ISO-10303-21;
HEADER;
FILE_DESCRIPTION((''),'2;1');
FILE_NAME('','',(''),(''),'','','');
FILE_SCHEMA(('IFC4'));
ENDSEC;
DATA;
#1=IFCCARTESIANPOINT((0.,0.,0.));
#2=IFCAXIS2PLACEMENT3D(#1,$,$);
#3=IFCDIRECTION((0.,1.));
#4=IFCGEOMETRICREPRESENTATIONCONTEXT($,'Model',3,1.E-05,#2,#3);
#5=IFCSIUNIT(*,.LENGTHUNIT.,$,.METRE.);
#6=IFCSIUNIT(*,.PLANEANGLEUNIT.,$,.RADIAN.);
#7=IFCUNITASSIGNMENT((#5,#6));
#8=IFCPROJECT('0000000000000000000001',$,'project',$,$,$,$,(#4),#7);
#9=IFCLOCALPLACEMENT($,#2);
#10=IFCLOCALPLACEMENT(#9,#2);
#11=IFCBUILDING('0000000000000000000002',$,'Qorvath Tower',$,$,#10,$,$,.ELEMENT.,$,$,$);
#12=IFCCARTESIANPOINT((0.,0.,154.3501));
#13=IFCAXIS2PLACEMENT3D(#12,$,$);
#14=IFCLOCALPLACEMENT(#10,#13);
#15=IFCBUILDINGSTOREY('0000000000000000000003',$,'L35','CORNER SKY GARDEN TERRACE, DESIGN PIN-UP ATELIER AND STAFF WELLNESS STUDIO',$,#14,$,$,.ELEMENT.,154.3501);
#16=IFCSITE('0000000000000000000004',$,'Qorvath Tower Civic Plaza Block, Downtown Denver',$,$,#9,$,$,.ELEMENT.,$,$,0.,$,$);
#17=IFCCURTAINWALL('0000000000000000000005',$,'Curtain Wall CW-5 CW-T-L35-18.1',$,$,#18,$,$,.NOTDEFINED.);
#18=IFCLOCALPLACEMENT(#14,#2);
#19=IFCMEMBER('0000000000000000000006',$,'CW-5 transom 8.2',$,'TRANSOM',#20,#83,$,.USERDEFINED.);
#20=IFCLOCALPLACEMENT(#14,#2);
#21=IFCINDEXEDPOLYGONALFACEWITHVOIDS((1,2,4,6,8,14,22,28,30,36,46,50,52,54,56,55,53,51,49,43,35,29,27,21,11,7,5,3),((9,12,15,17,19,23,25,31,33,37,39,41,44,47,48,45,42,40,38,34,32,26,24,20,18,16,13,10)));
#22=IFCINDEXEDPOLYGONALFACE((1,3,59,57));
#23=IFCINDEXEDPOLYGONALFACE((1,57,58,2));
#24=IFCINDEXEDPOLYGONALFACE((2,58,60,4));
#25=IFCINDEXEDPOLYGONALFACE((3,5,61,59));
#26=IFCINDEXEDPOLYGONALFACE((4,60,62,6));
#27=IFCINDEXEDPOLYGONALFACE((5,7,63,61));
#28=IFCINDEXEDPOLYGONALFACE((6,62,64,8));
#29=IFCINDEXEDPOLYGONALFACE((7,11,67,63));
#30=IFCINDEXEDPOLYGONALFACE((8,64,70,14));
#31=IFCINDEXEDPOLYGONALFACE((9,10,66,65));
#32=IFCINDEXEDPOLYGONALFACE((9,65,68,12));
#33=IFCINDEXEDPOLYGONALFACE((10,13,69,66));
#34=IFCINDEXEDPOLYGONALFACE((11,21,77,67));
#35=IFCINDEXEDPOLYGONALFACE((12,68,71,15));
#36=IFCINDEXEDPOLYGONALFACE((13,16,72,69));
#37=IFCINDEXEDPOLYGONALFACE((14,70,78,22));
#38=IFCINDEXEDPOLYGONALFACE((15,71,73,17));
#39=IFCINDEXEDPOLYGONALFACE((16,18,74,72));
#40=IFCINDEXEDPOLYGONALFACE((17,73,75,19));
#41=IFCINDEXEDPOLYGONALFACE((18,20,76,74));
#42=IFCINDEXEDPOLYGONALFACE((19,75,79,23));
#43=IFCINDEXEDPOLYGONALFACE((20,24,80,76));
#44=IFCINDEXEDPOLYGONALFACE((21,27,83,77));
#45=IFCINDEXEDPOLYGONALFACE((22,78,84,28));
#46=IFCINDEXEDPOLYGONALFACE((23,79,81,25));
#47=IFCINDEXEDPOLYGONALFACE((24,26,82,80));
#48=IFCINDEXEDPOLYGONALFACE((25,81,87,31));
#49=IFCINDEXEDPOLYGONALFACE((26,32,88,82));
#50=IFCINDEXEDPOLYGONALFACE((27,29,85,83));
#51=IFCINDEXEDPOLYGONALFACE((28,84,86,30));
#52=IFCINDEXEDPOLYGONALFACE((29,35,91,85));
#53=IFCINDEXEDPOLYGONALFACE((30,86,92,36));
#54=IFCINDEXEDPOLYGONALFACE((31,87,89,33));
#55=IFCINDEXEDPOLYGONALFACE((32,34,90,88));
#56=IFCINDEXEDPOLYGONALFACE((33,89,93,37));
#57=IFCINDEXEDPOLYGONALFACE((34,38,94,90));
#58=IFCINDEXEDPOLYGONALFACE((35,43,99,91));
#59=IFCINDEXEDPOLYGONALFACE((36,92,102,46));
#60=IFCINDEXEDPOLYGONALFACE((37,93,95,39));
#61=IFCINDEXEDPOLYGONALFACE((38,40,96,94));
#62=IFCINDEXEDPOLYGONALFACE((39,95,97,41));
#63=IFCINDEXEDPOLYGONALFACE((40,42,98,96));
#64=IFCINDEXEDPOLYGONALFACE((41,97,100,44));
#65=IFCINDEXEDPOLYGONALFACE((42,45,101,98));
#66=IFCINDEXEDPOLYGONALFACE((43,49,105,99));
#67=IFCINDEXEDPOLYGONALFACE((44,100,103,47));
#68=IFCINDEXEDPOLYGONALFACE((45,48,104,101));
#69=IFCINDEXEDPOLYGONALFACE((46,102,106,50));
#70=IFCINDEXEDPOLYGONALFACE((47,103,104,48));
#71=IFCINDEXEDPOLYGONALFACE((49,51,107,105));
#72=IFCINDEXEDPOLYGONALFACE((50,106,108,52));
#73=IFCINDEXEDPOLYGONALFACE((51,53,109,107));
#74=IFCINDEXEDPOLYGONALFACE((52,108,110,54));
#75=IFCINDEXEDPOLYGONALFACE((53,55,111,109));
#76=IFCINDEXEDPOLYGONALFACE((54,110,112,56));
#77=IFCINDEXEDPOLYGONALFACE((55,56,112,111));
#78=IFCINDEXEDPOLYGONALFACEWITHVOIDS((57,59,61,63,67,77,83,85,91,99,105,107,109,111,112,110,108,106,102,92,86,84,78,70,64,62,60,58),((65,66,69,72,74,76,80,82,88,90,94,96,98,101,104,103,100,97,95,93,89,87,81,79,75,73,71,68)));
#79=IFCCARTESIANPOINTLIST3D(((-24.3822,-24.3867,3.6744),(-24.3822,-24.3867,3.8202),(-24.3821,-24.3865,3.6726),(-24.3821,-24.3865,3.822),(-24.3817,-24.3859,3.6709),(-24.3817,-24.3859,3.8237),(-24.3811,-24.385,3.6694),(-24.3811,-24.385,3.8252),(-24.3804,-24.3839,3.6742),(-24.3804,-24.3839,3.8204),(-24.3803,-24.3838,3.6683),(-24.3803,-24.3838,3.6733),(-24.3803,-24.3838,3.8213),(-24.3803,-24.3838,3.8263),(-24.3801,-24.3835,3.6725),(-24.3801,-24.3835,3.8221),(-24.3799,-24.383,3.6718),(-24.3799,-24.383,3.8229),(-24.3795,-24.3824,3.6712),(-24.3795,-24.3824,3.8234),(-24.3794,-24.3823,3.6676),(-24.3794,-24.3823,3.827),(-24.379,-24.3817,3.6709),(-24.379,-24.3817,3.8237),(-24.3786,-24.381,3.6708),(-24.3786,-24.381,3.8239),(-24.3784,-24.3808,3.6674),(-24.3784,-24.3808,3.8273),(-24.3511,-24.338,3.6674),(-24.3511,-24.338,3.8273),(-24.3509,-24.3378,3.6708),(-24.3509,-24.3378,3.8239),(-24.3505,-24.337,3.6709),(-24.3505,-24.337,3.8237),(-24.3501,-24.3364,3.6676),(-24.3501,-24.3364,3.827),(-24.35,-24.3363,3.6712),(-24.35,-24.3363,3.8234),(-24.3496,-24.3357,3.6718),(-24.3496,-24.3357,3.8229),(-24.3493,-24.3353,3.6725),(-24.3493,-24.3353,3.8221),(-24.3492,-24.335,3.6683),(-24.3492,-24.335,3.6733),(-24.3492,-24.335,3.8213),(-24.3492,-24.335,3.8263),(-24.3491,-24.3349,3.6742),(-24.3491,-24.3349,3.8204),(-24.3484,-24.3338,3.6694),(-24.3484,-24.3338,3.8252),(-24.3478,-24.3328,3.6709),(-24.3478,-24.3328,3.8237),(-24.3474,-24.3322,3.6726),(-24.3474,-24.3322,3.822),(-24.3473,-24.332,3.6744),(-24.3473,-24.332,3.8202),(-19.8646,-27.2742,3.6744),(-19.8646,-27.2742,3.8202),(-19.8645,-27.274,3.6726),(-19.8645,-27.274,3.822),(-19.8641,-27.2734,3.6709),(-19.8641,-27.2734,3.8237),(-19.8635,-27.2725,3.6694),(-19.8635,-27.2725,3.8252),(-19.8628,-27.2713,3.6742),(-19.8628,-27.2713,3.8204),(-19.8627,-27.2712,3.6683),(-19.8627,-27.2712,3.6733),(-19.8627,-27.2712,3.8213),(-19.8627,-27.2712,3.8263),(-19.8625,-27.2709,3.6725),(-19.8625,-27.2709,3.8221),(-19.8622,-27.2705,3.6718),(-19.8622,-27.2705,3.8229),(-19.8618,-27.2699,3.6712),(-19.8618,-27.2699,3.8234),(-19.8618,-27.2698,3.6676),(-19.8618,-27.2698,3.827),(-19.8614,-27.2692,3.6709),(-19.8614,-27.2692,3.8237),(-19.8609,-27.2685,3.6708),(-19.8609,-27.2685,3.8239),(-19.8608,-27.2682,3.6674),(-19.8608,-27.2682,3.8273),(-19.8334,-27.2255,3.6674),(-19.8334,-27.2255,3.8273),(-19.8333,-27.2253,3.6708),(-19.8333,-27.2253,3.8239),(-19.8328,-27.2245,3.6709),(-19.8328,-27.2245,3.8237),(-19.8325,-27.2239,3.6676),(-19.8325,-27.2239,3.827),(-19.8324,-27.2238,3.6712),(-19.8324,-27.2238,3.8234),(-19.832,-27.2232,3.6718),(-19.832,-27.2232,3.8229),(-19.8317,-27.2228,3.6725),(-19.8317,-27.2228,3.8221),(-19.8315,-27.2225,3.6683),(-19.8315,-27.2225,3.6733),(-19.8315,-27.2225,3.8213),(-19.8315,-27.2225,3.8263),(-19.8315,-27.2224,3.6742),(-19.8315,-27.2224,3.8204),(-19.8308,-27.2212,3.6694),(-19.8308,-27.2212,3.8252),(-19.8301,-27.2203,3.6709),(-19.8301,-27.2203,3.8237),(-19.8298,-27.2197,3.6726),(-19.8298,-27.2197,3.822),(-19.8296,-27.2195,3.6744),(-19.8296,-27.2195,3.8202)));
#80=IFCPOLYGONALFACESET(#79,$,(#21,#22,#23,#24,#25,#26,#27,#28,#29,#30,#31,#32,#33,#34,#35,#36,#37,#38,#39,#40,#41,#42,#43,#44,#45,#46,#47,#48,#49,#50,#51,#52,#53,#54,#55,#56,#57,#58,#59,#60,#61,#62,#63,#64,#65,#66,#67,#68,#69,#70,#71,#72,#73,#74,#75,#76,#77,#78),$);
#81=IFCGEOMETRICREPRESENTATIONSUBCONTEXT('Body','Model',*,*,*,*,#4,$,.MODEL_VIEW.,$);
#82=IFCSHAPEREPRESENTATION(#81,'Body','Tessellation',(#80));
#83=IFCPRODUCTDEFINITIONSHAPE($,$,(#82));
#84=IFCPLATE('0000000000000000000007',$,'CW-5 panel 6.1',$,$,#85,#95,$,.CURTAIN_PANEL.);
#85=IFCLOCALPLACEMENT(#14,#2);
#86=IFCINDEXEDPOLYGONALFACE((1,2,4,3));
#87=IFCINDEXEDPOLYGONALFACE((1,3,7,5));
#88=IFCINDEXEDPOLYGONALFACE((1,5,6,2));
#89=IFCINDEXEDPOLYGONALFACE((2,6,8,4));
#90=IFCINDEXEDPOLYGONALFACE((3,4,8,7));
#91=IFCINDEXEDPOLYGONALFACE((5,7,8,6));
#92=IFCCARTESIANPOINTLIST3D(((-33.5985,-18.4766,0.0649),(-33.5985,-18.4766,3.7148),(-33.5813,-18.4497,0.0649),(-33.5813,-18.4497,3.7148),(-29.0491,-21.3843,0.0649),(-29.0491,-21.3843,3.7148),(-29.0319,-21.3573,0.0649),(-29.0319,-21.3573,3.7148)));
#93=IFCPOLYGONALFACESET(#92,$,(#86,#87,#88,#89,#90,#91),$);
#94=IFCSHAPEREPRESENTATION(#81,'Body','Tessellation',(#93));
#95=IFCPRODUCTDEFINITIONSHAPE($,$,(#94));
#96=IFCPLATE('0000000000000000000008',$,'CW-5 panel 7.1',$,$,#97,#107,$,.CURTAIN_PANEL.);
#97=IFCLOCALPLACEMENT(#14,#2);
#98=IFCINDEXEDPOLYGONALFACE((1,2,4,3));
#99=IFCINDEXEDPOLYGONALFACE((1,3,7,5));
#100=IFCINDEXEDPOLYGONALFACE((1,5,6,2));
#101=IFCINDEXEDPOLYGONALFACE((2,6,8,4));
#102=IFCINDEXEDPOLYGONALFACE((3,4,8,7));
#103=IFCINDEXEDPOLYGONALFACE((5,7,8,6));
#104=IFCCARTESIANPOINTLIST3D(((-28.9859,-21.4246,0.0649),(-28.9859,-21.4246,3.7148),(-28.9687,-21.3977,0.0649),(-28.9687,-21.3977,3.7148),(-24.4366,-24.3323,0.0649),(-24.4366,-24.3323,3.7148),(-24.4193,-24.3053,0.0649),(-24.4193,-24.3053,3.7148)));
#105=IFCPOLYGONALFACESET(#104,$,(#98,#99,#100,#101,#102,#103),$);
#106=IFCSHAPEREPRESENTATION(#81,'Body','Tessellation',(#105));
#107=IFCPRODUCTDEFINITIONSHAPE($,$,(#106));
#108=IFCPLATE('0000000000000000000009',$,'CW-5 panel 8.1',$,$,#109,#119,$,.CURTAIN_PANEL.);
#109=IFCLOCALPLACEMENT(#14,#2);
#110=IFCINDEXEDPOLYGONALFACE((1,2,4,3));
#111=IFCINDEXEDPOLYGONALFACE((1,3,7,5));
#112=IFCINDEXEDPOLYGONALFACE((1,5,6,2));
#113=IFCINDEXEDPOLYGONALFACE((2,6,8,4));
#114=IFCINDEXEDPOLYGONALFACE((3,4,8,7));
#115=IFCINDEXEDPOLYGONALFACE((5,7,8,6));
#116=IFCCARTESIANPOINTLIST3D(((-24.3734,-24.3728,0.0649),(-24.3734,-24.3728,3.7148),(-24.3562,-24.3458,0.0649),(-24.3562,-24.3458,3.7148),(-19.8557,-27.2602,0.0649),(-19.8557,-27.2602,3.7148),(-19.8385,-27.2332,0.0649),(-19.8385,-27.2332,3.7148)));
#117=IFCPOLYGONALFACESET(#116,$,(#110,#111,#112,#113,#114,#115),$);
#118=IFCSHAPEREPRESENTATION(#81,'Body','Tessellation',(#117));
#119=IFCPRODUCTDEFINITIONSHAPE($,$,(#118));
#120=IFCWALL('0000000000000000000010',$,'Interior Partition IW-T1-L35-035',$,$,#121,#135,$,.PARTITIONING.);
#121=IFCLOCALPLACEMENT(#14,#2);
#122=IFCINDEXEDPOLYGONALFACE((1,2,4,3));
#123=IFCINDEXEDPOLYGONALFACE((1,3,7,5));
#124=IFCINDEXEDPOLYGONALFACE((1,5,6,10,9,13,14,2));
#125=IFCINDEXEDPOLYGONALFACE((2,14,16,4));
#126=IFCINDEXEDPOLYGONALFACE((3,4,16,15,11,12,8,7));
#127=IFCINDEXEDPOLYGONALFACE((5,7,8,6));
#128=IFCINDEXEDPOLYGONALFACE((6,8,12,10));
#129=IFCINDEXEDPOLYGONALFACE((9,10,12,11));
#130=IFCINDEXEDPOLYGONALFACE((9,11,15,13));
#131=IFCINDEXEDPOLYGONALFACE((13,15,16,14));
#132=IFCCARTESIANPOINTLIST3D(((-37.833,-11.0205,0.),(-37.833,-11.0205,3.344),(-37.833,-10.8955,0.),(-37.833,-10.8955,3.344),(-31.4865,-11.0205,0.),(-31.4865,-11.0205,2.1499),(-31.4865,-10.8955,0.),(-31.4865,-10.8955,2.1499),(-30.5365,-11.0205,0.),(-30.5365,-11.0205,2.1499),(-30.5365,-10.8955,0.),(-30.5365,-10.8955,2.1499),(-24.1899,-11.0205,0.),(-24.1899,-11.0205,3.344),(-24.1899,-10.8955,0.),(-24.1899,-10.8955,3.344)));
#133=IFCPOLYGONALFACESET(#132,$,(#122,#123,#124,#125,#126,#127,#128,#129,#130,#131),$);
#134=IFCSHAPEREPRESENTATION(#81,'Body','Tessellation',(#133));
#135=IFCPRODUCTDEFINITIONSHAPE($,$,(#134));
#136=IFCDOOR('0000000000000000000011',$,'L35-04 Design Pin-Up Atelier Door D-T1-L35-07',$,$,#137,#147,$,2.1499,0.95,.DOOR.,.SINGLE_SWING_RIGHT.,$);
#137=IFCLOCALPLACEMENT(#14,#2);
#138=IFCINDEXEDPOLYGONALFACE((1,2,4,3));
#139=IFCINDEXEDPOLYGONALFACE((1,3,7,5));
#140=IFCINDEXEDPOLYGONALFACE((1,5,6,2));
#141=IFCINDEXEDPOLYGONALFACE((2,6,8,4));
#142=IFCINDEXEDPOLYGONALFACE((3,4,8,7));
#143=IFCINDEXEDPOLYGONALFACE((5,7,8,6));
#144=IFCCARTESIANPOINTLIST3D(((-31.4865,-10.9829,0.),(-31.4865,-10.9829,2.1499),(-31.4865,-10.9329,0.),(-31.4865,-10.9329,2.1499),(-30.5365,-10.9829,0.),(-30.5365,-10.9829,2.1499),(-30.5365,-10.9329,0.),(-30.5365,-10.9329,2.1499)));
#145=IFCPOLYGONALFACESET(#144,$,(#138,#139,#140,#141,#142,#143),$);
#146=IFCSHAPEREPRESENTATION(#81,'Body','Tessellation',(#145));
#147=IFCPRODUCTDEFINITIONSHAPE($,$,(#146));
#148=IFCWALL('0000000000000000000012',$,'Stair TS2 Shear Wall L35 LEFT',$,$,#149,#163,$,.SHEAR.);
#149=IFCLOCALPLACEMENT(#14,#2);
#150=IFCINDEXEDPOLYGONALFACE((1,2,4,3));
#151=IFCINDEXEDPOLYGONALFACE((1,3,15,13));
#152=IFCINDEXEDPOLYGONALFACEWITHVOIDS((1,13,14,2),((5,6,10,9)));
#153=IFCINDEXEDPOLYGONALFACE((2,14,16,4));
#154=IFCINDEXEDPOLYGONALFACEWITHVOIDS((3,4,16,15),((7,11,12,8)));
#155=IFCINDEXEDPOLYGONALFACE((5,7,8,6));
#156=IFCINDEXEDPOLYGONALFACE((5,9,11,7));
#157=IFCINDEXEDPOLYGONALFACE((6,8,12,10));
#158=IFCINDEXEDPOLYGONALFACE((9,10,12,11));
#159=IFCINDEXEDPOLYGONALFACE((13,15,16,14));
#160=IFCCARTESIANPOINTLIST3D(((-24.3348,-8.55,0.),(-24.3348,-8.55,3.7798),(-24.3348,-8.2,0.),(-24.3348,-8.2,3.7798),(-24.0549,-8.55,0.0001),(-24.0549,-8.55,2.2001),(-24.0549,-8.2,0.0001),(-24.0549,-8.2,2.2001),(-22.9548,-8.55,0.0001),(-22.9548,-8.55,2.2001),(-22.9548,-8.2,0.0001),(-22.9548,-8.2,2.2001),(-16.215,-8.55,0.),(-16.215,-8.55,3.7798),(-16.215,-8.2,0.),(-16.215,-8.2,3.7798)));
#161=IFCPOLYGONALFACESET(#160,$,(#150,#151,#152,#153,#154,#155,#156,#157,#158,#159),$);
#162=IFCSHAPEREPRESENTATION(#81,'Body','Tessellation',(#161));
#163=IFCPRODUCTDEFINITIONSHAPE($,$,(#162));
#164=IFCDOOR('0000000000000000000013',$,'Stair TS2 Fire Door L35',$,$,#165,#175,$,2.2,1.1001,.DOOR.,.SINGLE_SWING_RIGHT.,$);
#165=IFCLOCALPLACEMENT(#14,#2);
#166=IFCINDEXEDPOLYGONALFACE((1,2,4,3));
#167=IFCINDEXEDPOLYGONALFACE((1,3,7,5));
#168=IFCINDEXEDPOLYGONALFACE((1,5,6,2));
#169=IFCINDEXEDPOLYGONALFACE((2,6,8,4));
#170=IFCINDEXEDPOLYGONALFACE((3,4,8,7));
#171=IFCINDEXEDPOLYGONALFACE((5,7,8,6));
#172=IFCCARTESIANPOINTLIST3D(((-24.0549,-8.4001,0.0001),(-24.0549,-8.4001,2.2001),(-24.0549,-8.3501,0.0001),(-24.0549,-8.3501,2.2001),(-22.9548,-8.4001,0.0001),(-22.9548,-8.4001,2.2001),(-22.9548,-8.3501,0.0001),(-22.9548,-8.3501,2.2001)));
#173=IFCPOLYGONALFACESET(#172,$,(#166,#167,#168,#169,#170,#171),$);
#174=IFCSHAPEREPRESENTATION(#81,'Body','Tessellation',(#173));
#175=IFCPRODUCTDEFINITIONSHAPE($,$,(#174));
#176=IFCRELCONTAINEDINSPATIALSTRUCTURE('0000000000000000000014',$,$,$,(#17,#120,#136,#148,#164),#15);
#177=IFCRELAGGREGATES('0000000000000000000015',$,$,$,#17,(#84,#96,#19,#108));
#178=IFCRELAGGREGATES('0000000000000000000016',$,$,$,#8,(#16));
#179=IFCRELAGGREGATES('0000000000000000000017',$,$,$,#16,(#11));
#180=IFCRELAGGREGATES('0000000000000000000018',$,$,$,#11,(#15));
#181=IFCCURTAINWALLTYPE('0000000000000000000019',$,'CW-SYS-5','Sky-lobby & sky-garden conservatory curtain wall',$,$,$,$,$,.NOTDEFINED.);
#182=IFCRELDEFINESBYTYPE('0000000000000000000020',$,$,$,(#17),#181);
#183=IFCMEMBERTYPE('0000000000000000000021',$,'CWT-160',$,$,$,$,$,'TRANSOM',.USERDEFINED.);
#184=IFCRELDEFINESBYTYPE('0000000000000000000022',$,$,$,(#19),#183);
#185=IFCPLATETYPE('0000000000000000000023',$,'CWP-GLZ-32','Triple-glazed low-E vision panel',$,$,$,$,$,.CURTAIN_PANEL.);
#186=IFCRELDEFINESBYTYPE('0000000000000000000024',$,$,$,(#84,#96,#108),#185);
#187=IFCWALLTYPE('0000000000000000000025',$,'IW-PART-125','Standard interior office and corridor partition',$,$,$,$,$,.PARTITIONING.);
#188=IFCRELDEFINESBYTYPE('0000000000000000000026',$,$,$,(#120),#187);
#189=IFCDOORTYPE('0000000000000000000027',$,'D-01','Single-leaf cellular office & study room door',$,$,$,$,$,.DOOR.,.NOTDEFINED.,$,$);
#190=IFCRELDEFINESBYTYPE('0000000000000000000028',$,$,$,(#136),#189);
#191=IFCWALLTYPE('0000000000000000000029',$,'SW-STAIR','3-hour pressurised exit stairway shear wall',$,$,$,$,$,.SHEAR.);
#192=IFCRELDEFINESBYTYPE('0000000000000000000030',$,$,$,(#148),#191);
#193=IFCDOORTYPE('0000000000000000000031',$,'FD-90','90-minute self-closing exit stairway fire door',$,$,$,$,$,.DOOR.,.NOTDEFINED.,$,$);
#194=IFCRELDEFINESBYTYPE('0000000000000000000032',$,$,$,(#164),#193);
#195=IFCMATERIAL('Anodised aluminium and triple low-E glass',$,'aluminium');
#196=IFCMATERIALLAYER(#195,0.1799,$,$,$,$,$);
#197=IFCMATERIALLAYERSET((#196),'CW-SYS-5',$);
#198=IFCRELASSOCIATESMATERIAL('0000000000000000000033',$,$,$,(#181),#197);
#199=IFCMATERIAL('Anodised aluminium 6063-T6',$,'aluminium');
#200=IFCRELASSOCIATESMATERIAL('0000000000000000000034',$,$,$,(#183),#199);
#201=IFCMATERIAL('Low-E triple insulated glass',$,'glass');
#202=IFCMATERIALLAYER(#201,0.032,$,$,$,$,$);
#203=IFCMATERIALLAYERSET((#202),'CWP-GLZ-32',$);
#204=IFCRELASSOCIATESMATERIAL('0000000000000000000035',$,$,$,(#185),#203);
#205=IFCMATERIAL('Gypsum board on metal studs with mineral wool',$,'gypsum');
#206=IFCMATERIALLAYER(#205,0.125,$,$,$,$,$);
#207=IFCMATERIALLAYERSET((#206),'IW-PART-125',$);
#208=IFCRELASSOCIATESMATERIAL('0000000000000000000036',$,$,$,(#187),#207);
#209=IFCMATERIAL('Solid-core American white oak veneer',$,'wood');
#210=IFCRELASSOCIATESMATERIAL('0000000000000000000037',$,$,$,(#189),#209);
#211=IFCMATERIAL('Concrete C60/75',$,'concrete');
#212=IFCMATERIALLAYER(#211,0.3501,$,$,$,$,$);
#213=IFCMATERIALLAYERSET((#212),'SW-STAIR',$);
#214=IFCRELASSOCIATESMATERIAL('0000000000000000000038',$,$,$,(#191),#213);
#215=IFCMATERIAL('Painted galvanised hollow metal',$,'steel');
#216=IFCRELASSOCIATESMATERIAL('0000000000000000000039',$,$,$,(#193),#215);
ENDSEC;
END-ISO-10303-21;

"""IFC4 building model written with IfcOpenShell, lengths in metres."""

from ifc_helpers import new_model, si_unit, direction, frame, frame_2d, origin, origin_2d, place, context, subcontext, project, spatial, rectangle, hollow_rectangle, extrude, material, layer, layer_set, material_profile, profile_set, type_object, element, fill, aggregate, save


model = new_model("IFC4")

# Units and contexts
model_context = context("Model", 3, precision=1e-05, world=origin(), true_north=direction((0.0, 1.0)))
body_context = subcontext(model_context, "Body", "Model", "MODEL_VIEW")
ifc_project = project(units=[si_unit("LENGTHUNIT", "METRE"), si_unit("PLANEANGLEUNIT", "RADIAN")], contexts=[model_context])

# Site, building, storey
site_placement = place(None, origin())
site = spatial("IfcSite", under=ifc_project, at=site_placement, Name="Qorvath Tower Civic Plaza Block, Downtown Denver", CompositionType="ELEMENT", RefElevation=0.0)
building_placement = place(site_placement, origin())
building = spatial("IfcBuilding", under=site, at=building_placement, Name="Qorvath Tower", CompositionType="ELEMENT")
storey_placement = place(building_placement, frame((0.0, 0.0, 154.3501)))
storey = spatial("IfcBuildingStorey", under=building, at=storey_placement, Name="L35", Description="CORNER SKY GARDEN TERRACE, DESIGN PIN-UP ATELIER AND STAFF WELLNESS STUDIO", CompositionType="ELEMENT", Elevation=154.3501)

# Curtain wall, member, plates
ifc_material_1 = material(Name="Anodised aluminium and triple low-E glass", Category="aluminium")
ifc_layer_1 = layer(ifc_material_1, 0.1799)
ifc_layer_set_1 = layer_set([ifc_layer_1], Name="CW-SYS-5")
curtain_wall_type = type_object("IfcCurtainWallType", Name="CW-SYS-5", Description="Sky-lobby & sky-garden conservatory curtain wall", PredefinedType="NOTDEFINED", material=ifc_layer_set_1)
curtain_wall_placement = place(storey_placement, origin())
curtain_wall = element("IfcCurtainWall", 1, at=curtain_wall_placement, inside=storey, type_object=curtain_wall_type, Name="Curtain Wall CW-5 CW-T-L35-18.1", PredefinedType="NOTDEFINED")
ifc_material_2 = material(Name="Anodised aluminium 6063-T6", Category="aluminium")
ifc_material_profile_1 = material_profile(ifc_material_2, hollow_rectangle(XDim=0.0649, YDim=0.1599, WallThickness=0.0034, InnerFilletRadius=0.0034, OuterFilletRadius=0.0071, at=origin_2d()), Name="CWT 160x65")
ifc_profile_set_1 = profile_set([ifc_material_profile_1], Name="Anodised aluminium 6063-T6")
member_type_1 = type_object("IfcMemberType", Name="CWT-160", ElementType="TRANSOM", PredefinedType="USERDEFINED", material=ifc_profile_set_1)
member_1_placement = place(storey_placement, frame((-24.3647, -24.3594, 3.7473), z_axis=(0.842593, -0.538551, 0.0), x_axis=(0.538551, 0.842593, 0.0)))
member_1 = element("IfcMember", 2, at=member_1_placement, type_object=member_type_1, Name="CW-5 transom 8.2", ObjectType="TRANSOM", PredefinedType="USERDEFINED", context=body_context, shape_type="SweptSolid", body=[
    extrude(hollow_rectangle(XDim=0.0649, YDim=0.1599, WallThickness=0.0034, InnerFilletRadius=0.0034, OuterFilletRadius=0.0071, at=origin_2d()), origin(), (0.0, 0.0, 1.0), 5.3616),
])
ifc_material_3 = material(Name="Low-E triple insulated glass", Category="glass")
ifc_layer_2 = layer(ifc_material_3, 0.032)
ifc_layer_set_2 = layer_set([ifc_layer_2], Name="CWP-GLZ-32")
plate_type = type_object("IfcPlateType", Name="CWP-GLZ-32", Description="Triple-glazed low-E vision panel", PredefinedType="CURTAIN_PANEL", material=ifc_layer_set_2)
plate_1_placement = place(storey_placement, frame((-31.3152, -19.917, 0.0649), z_axis=(0.0, 0.0, 1.0), x_axis=(0.842602, -0.538536, 0.0)))
plate_1 = element("IfcPlate", 3, at=plate_1_placement, type_object=plate_type, Name="CW-5 panel 6.1", PredefinedType="CURTAIN_PANEL", context=body_context, shape_type="SweptSolid", body=[
    extrude(rectangle(XDim=5.3992, YDim=0.032, at=origin_2d()), origin(), (0.0, 0.0, 1.0), 3.6499),
])
plate_2_placement = place(storey_placement, frame((-26.7026, -22.865, 0.0649), z_axis=(0.0, 0.0, 1.0), x_axis=(0.842602, -0.538536, 0.0)))
plate_2 = element("IfcPlate", 4, at=plate_2_placement, type_object=plate_type, Name="CW-5 panel 7.1", PredefinedType="CURTAIN_PANEL", context=body_context, shape_type="SweptSolid", body=[
    extrude(rectangle(XDim=5.3992, YDim=0.032, at=origin_2d()), origin(), (0.0, 0.0, 1.0), 3.6499),
])
plate_3_placement = place(storey_placement, frame((-22.106, -25.803, 0.0649), z_axis=(0.0, 0.0, 1.0), x_axis=(0.842602, -0.538536, 0.0)))
plate_3 = element("IfcPlate", 5, at=plate_3_placement, type_object=plate_type, Name="CW-5 panel 8.1", PredefinedType="CURTAIN_PANEL", context=body_context, shape_type="SweptSolid", body=[
    extrude(rectangle(XDim=5.3616, YDim=0.032, at=origin_2d()), origin(), (0.0, 0.0, 1.0), 3.6499),
])
aggregate(curtain_wall, [plate_1, plate_2, member_1, plate_3])

# Walls, openings, doors
ifc_material_4 = material(Name="Gypsum board on metal studs with mineral wool", Category="gypsum")
ifc_layer_3 = layer(ifc_material_4, 0.125)
ifc_layer_set_3 = layer_set([ifc_layer_3], Name="IW-PART-125")
wall_type_1 = type_object("IfcWallType", Name="IW-PART-125", Description="Standard interior office and corridor partition", PredefinedType="PARTITIONING", material=ifc_layer_set_3)
wall_1_placement = place(storey_placement, frame((-24.1899, -10.958, 0.0), z_axis=(0.0, 0.0, 1.0), x_axis=(-1.0, 0.0, 0.0)))
wall_1 = element("IfcWall", 6, at=wall_1_placement, inside=storey, type_object=wall_type_1, Name="Interior Partition IW-T1-L35-035", PredefinedType="PARTITIONING", context=body_context, shape_type="SweptSolid", body=[
    extrude(rectangle(XDim=13.6431, YDim=0.125, at=frame_2d((6.8215, 0.0))), origin(), (0.0, 0.0, 1.0), 3.344),
])
opening_1_placement = place(wall_1_placement, frame((6.3464, 0.0, 0.0)))
opening_1 = element("IfcOpeningElement", 7, at=opening_1_placement, cuts=wall_1, PredefinedType="OPENING", context=body_context, shape_type="SweptSolid", body=[
    extrude(rectangle(XDim=0.95, YDim=2.1499, at=frame_2d((0.4751, 1.075))), frame((0.0, 0.0725, 0.0), z_axis=(0.0, -1.0, 0.0), x_axis=(1.0, 0.0, 0.0)), (0.0, 0.0, 1.0), 0.145),
])
ifc_material_5 = material(Name="Solid-core American white oak veneer", Category="wood")
door_type_1 = type_object("IfcDoorType", Name="D-01", Description="Single-leaf cellular office & study room door", OperationType="NOTDEFINED", PredefinedType="DOOR", material=ifc_material_5)
door_1_placement = place(opening_1_placement, origin())
door_1 = element("IfcDoor", 8, at=door_1_placement, inside=storey, type_object=door_type_1, Name="L35-04 Design Pin-Up Atelier Door D-T1-L35-07", OperationType="SINGLE_SWING_RIGHT", OverallHeight=2.1499, OverallWidth=0.95, PredefinedType="DOOR", context=body_context, shape_type="SweptSolid", body=[
    extrude(rectangle(XDim=0.95, YDim=2.1499, at=frame_2d((0.4751, 1.075))), frame((0.0, 0.0249, 0.0), z_axis=(0.0, -1.0, 0.0), x_axis=(1.0, 0.0, 0.0)), (0.0, 0.0, 1.0), 0.05),
])
fill(opening_1, door_1)
ifc_material_6 = material(Name="Concrete C60/75", Category="concrete")
ifc_layer_4 = layer(ifc_material_6, 0.3501)
ifc_layer_set_4 = layer_set([ifc_layer_4], Name="SW-STAIR")
wall_type_2 = type_object("IfcWallType", Name="SW-STAIR", Description="3-hour pressurised exit stairway shear wall", PredefinedType="SHEAR", material=ifc_layer_set_4)
wall_2_placement = place(storey_placement, frame((-24.335, -8.375, 0.0), z_axis=(0.0, 0.0, 1.0), x_axis=(1.0, 0.0, 0.0)))
wall_2 = element("IfcWall", 9, at=wall_2_placement, inside=storey, type_object=wall_type_2, Name="Stair TS2 Shear Wall L35 LEFT", PredefinedType="SHEAR", context=body_context, shape_type="SweptSolid", body=[
    extrude(rectangle(XDim=8.1199, YDim=0.3501, at=frame_2d((4.0601, 0.0))), origin(), (0.0, 0.0, 1.0), 3.7798),
])
opening_2_placement = place(wall_2_placement, frame((0.28, 0.0, 0.0)))
opening_2 = element("IfcOpeningElement", 10, at=opening_2_placement, cuts=wall_2, PredefinedType="OPENING", context=body_context, shape_type="SweptSolid", body=[
    extrude(rectangle(XDim=1.1001, YDim=2.2, at=frame_2d((0.55, 1.1001))), frame((0.0, 0.1851, 0.0), z_axis=(0.0, -1.0, 0.0), x_axis=(1.0, 0.0, 0.0)), (0.0, 0.0, 1.0), 0.3701),
])
ifc_material_7 = material(Name="Painted galvanised hollow metal", Category="steel")
door_type_2 = type_object("IfcDoorType", Name="FD-90", Description="90-minute self-closing exit stairway fire door", OperationType="NOTDEFINED", PredefinedType="DOOR", material=ifc_material_7)
door_2_placement = place(opening_2_placement, origin())
door_2 = element("IfcDoor", 11, at=door_2_placement, inside=storey, type_object=door_type_2, Name="Stair TS2 Fire Door L35", OperationType="SINGLE_SWING_RIGHT", OverallHeight=2.2, OverallWidth=1.1001, PredefinedType="DOOR", context=body_context, shape_type="SweptSolid", body=[
    extrude(rectangle(XDim=1.1001, YDim=2.2, at=frame_2d((0.55, 1.1001))), frame((0.0, 0.0249, 0.0), z_axis=(0.0, -1.0, 0.0), x_axis=(1.0, 0.0, 0.0)), (0.0, 0.0, 1.0), 0.05),
])
fill(opening_2, door_2)

save(model, "model.ifc")
